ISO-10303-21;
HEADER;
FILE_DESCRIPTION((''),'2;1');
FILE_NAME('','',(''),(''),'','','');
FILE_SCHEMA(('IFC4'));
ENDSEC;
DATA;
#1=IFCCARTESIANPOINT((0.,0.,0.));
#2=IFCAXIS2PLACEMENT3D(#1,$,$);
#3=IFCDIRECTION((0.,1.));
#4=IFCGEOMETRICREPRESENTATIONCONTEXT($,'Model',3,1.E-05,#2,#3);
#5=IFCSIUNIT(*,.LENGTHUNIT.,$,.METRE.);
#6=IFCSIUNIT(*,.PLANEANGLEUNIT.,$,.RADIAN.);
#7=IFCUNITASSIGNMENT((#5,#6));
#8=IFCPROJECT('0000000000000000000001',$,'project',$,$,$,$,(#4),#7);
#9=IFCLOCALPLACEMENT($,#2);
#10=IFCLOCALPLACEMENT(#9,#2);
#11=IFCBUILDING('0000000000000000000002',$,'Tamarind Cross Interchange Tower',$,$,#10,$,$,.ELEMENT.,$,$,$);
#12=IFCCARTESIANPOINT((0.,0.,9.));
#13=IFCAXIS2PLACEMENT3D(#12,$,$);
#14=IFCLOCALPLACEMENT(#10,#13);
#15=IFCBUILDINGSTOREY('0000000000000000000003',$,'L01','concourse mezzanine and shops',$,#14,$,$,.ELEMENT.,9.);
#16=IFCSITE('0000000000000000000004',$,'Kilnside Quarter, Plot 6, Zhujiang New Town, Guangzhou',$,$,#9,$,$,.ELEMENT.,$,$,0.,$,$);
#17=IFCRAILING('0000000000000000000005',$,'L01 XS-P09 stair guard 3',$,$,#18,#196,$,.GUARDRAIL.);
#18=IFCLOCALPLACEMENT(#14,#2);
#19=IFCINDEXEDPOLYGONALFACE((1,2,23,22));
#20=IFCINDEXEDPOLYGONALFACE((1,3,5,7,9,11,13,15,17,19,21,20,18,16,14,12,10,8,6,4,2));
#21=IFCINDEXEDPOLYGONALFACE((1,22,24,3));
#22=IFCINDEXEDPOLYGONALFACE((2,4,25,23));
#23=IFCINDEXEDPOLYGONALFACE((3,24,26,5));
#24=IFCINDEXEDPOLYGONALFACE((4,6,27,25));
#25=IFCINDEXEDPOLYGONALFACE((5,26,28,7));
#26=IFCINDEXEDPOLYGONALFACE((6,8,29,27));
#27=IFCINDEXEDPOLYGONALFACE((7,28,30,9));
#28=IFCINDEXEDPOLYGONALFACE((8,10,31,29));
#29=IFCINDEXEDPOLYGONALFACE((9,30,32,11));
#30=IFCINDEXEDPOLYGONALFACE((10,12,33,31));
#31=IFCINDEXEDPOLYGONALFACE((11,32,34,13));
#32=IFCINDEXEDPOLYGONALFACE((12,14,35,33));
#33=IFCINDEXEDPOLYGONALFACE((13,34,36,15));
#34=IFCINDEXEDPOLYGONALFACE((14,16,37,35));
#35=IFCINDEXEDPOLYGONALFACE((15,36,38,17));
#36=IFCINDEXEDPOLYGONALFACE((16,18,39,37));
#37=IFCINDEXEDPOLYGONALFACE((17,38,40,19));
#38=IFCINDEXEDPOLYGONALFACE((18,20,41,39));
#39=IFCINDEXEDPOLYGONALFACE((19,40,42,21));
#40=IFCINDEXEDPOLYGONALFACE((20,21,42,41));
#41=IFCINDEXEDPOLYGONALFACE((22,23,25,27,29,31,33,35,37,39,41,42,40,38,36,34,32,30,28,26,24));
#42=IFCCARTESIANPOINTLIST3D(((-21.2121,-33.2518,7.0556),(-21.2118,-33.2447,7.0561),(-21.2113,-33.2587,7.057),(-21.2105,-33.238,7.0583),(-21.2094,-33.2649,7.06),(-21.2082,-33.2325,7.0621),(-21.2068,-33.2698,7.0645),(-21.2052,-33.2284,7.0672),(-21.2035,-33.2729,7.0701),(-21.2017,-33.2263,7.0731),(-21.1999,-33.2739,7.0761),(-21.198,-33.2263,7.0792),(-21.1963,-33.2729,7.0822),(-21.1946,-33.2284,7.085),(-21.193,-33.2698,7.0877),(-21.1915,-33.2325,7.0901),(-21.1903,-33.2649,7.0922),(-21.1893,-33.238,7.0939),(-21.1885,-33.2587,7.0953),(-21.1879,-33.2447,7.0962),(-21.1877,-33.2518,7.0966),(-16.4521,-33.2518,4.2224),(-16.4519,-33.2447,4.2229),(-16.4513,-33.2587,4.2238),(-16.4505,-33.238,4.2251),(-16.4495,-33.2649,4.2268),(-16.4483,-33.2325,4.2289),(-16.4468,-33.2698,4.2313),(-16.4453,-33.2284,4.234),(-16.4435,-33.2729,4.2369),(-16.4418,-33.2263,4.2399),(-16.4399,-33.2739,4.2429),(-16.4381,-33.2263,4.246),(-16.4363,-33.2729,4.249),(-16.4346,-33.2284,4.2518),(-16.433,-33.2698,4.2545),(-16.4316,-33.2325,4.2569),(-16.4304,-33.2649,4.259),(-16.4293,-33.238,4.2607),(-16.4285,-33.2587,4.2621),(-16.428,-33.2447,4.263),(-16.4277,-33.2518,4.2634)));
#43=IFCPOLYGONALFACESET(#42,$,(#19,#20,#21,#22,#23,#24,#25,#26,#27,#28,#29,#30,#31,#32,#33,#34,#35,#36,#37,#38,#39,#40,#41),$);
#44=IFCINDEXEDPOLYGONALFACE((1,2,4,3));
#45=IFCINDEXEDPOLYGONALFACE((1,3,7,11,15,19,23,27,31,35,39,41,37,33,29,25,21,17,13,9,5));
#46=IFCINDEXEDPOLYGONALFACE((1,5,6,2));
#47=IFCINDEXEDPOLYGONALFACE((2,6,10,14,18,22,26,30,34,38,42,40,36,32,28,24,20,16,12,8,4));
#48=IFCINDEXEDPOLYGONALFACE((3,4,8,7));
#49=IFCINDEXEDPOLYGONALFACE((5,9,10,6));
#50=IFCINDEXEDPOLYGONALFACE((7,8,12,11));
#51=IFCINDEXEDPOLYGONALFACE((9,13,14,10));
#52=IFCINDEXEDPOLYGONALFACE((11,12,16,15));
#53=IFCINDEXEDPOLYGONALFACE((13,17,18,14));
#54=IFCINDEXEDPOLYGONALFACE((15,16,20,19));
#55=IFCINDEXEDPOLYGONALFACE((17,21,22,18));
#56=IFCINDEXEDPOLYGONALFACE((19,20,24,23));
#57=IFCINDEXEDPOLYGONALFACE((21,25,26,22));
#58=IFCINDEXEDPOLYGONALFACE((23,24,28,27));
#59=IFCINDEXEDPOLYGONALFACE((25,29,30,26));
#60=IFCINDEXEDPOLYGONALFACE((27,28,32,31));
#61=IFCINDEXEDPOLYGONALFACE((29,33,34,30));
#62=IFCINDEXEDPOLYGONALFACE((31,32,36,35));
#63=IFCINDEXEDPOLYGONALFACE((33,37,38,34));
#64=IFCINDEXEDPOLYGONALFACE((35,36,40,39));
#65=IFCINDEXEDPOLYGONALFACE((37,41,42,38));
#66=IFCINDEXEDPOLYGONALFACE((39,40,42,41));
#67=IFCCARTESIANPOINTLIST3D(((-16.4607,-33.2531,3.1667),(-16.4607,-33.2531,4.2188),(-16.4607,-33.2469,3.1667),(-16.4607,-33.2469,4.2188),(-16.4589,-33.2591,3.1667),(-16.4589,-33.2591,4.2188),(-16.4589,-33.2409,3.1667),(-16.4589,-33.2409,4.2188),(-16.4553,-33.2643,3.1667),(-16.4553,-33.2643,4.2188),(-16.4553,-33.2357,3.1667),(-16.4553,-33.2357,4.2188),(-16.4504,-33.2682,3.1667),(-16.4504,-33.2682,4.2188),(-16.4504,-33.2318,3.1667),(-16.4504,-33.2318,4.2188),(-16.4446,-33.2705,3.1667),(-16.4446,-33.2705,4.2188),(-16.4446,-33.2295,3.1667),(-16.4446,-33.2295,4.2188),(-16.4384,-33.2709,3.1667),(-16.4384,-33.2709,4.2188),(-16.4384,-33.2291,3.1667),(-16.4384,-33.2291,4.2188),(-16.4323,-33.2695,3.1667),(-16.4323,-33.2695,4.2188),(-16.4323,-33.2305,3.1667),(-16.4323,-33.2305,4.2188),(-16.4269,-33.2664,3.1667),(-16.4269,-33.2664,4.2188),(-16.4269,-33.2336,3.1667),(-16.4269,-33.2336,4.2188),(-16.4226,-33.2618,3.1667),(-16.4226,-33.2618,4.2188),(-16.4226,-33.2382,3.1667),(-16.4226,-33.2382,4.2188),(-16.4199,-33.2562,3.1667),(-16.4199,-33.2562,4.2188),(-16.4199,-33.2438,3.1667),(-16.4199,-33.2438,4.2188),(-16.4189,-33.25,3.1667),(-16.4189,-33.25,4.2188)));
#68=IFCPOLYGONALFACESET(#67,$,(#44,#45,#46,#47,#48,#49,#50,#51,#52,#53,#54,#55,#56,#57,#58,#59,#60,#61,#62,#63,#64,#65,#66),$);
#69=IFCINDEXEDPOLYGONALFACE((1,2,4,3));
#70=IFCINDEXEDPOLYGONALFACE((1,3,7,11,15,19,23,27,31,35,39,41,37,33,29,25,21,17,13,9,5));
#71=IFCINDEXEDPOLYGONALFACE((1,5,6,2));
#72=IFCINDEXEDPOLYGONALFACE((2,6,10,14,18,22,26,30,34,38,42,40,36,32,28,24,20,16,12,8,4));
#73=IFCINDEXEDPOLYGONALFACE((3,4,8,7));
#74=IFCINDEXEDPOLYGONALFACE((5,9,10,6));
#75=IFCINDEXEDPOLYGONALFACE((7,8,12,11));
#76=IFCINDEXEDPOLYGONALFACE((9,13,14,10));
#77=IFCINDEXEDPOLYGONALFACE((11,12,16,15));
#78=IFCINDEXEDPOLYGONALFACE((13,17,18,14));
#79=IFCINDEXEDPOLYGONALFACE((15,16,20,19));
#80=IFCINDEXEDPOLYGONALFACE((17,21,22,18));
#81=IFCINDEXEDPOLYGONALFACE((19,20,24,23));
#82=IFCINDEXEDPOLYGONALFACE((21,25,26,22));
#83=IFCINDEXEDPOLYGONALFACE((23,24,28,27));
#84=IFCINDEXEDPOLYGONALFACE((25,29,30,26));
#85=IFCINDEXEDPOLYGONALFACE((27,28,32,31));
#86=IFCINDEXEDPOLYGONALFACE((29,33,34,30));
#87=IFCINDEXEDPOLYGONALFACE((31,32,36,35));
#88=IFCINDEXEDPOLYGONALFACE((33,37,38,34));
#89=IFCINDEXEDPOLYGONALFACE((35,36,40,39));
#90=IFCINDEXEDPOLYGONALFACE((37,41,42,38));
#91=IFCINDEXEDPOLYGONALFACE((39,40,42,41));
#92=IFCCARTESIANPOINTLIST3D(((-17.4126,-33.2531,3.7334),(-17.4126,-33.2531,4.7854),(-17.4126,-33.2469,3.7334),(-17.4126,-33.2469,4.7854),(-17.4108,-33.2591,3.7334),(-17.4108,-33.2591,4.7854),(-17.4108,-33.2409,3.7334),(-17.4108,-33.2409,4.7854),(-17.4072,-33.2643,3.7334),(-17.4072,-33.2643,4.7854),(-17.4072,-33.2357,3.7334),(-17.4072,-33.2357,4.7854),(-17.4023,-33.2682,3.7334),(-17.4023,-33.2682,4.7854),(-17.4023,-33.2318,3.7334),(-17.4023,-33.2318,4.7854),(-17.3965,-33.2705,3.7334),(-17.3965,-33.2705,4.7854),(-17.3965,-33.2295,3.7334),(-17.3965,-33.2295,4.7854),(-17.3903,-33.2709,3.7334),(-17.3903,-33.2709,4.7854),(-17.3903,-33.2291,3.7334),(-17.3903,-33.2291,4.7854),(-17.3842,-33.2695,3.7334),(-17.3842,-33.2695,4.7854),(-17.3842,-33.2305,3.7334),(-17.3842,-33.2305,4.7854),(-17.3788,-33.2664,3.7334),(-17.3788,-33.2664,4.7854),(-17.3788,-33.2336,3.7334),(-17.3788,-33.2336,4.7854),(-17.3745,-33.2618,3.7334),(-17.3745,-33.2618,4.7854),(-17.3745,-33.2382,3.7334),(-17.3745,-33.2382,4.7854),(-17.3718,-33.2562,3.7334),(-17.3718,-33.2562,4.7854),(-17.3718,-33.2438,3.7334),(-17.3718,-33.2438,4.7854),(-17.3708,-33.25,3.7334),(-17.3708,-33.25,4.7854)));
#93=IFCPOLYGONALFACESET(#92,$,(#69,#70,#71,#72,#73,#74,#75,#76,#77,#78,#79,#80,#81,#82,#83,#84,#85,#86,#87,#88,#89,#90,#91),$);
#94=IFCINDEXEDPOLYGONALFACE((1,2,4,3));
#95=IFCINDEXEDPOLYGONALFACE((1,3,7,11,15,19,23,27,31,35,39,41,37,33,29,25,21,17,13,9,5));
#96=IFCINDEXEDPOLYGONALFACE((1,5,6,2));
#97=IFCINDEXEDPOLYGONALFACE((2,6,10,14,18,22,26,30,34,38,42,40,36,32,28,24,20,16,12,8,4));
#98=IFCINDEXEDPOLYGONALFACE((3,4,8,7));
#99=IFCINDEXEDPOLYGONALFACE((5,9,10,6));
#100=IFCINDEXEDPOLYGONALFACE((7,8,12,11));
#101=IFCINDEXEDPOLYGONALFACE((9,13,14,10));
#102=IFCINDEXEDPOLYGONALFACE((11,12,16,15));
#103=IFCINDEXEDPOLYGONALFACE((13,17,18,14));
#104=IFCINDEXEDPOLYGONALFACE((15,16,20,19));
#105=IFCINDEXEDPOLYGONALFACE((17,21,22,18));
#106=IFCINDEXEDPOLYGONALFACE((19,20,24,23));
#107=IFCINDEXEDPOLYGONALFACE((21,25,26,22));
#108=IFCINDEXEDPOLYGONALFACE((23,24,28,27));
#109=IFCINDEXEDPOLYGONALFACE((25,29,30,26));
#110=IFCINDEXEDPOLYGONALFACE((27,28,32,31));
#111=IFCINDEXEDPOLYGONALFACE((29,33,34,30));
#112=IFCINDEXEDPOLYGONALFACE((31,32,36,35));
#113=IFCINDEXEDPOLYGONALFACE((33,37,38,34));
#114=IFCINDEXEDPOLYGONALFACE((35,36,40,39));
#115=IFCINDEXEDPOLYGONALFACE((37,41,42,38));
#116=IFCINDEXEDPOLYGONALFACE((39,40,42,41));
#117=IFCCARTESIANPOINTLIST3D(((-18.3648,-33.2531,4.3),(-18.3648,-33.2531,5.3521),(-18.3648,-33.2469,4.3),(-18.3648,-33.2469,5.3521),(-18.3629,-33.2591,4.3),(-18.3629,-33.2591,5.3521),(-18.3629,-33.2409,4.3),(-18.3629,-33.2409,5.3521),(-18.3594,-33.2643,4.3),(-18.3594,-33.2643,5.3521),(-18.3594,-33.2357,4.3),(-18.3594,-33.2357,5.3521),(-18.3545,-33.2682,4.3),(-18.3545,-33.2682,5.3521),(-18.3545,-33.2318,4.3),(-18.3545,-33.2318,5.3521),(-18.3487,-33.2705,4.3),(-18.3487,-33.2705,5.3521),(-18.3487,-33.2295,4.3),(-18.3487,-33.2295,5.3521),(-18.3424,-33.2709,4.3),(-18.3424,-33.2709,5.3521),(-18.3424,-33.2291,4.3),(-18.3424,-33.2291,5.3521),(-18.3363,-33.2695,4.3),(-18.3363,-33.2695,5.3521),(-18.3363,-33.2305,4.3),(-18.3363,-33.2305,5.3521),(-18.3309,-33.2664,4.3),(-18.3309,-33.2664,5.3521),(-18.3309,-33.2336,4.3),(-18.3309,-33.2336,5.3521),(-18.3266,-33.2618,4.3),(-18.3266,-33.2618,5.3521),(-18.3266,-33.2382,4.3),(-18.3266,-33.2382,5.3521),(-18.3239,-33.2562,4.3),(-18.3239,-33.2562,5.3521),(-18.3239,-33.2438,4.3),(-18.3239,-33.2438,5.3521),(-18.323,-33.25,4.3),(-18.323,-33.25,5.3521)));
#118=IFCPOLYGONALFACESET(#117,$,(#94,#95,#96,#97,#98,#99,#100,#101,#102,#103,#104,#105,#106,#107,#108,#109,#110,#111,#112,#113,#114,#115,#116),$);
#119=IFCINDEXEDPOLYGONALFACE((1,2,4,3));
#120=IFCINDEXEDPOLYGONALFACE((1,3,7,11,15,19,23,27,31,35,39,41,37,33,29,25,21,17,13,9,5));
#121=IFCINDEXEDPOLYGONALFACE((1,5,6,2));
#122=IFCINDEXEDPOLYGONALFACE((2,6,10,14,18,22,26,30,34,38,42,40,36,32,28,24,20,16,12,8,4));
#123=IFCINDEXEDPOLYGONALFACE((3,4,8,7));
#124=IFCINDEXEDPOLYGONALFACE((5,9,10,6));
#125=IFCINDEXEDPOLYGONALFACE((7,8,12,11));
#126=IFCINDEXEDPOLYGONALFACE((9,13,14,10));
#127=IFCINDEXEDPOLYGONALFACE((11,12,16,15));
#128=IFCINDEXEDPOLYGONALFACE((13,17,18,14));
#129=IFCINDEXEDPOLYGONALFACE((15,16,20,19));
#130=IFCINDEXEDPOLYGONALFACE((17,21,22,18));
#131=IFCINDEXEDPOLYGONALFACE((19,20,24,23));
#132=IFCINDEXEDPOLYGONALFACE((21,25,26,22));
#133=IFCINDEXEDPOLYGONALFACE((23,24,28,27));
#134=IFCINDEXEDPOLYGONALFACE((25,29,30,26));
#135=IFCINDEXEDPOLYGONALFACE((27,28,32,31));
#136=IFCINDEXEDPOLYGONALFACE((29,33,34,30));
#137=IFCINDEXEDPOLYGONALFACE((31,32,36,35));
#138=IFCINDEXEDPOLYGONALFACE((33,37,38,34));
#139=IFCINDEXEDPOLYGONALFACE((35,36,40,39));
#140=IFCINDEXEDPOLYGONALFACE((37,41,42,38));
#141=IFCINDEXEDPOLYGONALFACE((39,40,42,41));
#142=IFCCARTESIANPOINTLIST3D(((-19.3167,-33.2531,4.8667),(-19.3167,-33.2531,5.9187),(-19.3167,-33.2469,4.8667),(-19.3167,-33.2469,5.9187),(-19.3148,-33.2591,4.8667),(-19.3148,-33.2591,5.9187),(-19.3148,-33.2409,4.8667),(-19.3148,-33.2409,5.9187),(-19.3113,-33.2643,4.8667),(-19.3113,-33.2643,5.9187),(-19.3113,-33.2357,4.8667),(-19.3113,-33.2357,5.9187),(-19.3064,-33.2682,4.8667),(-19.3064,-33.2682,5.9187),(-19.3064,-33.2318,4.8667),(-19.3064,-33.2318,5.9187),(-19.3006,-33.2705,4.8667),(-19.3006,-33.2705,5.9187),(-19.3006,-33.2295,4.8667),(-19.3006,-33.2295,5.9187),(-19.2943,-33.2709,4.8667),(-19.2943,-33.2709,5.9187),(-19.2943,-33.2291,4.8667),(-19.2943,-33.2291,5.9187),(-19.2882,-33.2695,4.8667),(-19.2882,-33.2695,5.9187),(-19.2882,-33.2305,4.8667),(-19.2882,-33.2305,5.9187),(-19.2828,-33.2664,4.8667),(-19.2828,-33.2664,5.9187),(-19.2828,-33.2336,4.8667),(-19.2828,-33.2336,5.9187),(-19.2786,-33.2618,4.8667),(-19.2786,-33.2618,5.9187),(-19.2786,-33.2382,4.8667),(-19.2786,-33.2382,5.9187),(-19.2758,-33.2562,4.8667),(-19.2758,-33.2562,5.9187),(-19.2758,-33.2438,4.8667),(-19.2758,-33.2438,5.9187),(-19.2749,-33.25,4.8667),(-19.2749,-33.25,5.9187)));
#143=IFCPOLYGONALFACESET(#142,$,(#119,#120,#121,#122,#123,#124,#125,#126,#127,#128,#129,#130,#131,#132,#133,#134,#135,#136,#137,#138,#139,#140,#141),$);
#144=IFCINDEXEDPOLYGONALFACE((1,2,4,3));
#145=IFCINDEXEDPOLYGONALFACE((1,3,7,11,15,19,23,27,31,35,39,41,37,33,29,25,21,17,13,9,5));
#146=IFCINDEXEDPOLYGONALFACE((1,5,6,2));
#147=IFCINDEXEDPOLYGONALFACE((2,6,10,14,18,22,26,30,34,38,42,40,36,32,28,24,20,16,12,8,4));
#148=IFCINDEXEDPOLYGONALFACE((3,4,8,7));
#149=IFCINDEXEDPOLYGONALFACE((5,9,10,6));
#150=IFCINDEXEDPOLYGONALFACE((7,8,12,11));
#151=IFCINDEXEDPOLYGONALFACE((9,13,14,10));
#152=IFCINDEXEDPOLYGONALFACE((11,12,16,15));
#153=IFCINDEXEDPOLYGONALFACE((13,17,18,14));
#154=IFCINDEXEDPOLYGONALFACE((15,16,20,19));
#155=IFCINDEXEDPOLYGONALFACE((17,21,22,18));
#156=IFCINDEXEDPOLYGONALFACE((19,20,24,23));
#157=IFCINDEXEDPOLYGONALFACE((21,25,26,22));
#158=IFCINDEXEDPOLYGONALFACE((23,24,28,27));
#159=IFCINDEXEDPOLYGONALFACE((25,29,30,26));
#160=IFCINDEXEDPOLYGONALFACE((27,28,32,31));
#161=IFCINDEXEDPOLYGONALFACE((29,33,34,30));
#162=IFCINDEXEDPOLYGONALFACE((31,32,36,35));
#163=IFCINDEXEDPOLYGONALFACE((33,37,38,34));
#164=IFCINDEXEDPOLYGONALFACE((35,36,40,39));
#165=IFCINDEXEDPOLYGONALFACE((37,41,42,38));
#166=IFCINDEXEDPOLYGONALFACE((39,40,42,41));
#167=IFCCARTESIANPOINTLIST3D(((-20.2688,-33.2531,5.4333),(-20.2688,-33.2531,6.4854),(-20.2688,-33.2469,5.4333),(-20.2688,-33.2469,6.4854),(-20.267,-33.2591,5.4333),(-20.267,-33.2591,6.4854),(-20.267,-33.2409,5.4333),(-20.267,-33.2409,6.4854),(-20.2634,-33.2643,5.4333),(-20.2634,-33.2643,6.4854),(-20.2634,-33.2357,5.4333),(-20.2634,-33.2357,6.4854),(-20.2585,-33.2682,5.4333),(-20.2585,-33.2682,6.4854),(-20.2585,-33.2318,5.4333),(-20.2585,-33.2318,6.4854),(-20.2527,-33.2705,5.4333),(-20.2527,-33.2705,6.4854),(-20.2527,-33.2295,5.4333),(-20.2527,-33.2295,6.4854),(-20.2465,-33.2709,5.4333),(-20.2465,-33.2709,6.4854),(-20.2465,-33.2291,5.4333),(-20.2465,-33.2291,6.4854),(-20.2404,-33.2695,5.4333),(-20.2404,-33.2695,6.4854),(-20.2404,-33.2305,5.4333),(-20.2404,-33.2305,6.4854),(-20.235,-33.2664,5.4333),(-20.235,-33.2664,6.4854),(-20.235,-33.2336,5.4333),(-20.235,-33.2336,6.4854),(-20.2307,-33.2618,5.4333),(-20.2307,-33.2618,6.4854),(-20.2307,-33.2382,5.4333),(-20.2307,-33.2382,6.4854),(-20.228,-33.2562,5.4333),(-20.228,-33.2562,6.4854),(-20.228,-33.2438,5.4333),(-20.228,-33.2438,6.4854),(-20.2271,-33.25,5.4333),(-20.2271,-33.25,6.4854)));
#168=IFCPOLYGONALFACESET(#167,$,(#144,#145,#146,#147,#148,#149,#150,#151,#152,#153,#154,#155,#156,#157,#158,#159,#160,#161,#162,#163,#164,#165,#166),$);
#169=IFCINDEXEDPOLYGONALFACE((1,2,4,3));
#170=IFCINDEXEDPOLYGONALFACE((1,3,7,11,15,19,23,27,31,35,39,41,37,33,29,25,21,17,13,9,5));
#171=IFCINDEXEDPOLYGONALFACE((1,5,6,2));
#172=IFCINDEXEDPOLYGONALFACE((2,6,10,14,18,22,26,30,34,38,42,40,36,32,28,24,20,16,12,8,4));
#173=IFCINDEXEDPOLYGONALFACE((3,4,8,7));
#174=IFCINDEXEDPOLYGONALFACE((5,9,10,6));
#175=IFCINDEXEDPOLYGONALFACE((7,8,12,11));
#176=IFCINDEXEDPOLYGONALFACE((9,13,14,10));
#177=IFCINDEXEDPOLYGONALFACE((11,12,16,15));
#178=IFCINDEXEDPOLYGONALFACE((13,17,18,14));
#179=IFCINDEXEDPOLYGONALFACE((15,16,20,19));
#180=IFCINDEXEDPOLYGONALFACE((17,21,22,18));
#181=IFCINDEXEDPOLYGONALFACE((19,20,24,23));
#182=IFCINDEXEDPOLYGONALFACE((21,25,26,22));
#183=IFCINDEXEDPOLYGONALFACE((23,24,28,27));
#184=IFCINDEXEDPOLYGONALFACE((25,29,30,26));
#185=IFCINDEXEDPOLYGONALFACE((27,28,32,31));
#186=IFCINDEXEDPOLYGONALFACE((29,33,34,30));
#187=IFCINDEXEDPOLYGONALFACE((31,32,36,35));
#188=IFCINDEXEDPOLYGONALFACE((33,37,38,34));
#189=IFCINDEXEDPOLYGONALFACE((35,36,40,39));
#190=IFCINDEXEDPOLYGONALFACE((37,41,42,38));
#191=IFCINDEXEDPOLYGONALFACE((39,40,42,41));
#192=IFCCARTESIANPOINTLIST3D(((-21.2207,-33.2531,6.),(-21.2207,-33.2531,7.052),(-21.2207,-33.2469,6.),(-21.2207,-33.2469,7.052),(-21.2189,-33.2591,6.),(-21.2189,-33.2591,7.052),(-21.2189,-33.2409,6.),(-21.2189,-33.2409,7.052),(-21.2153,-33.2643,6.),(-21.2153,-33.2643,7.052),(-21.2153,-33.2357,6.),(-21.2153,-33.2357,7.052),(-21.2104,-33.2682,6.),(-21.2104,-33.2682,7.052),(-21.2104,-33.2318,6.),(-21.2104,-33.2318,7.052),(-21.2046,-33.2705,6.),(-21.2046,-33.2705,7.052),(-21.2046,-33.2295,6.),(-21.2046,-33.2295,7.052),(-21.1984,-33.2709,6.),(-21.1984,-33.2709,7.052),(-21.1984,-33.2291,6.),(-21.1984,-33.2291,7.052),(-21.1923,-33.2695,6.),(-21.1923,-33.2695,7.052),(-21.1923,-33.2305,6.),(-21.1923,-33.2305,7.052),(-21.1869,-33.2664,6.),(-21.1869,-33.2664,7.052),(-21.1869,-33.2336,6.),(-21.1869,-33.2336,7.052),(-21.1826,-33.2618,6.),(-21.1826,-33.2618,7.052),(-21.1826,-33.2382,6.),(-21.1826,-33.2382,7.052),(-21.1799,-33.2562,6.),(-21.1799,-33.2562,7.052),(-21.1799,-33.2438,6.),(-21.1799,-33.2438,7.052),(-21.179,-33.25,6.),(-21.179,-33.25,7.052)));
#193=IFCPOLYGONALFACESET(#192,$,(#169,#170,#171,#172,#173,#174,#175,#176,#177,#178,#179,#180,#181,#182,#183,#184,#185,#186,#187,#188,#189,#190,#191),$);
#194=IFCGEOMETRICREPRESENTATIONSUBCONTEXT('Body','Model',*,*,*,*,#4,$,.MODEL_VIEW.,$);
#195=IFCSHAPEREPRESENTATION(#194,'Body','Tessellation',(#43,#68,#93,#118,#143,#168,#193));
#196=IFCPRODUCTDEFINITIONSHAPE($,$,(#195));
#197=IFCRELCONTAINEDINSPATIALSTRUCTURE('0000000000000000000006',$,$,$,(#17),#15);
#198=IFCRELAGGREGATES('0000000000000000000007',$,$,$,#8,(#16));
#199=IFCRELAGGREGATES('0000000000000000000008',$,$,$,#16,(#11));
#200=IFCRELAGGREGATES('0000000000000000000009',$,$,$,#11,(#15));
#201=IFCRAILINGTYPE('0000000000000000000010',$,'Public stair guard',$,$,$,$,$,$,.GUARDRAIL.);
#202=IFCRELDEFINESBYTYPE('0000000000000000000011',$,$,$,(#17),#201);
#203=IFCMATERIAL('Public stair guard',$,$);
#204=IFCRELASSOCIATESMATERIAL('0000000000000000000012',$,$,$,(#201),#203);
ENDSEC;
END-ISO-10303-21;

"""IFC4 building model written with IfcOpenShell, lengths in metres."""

from ifc_helpers import new_model, si_unit, direction, frame, origin, origin_2d, place, context, subcontext, project, spatial, circle, extrude, material, type_object, element, save


model = new_model("IFC4")

# Units and contexts
model_context = context("Model", 3, precision=1e-05, world=origin(), true_north=direction((0.0, 1.0)))
body_context = subcontext(model_context, "Body", "Model", "MODEL_VIEW")
ifc_project = project(units=[si_unit("LENGTHUNIT", "METRE"), si_unit("PLANEANGLEUNIT", "RADIAN")], contexts=[model_context])

# Site, building, storey
site_placement = place(None, origin())
site = spatial("IfcSite", under=ifc_project, at=site_placement, Name="Kilnside Quarter, Plot 6, Zhujiang New Town, Guangzhou", CompositionType="ELEMENT", RefElevation=0.0)
building_placement = place(site_placement, origin())
building = spatial("IfcBuilding", under=site, at=building_placement, Name="Tamarind Cross Interchange Tower", CompositionType="ELEMENT")
storey_placement = place(building_placement, frame((0.0, 0.0, 9.0)))
storey = spatial("IfcBuildingStorey", under=building, at=storey_placement, Name="L01", Description="concourse mezzanine and shops", CompositionType="ELEMENT", Elevation=9.0)

# Railing
ifc_material_1 = material(Name="Public stair guard")
railing_type_1 = type_object("IfcRailingType", Name="Public stair guard", PredefinedType="GUARDRAIL", material=ifc_material_1)
railing_1_placement = place(storey_placement, frame((-16.4399, -33.25, 3.1667)))
element("IfcRailing", 1, at=railing_1_placement, inside=storey, type_object=railing_type_1, Name="L01 XS-P09 stair guard 3", PredefinedType="GUARDRAIL", context=body_context, shape_type="SweptSolid", body=[
    extrude(circle(Radius=0.0239, at=origin_2d()), frame((0.0, 0.0, 1.0762), z_axis=(-0.8593, 0.0, 0.511472), x_axis=(0.0, -1.0, 0.0)), (0.0, 0.0, 1.0), 5.5393),
    extrude(circle(Radius=0.021, at=origin_2d()), origin(), (0.0, 0.0, 1.0), 1.052),
    extrude(circle(Radius=0.021, at=origin_2d()), frame((-0.9519, 0.0, 0.5667)), (0.0, 0.0, 1.0), 1.052),
    extrude(circle(Radius=0.021, at=origin_2d()), frame((-1.9041, 0.0, 1.1333)), (0.0, 0.0, 1.0), 1.052),
    extrude(circle(Radius=0.021, at=origin_2d()), frame((-2.856, 0.0, 1.7)), (0.0, 0.0, 1.0), 1.052),
    extrude(circle(Radius=0.021, at=origin_2d()), frame((-3.8081, 0.0, 2.2666)), (0.0, 0.0, 1.0), 1.052),
    extrude(circle(Radius=0.021, at=origin_2d()), frame((-4.76, 0.0, 2.8333)), (0.0, 0.0, 1.0), 1.052),
])

save(model, "model.ifc")
